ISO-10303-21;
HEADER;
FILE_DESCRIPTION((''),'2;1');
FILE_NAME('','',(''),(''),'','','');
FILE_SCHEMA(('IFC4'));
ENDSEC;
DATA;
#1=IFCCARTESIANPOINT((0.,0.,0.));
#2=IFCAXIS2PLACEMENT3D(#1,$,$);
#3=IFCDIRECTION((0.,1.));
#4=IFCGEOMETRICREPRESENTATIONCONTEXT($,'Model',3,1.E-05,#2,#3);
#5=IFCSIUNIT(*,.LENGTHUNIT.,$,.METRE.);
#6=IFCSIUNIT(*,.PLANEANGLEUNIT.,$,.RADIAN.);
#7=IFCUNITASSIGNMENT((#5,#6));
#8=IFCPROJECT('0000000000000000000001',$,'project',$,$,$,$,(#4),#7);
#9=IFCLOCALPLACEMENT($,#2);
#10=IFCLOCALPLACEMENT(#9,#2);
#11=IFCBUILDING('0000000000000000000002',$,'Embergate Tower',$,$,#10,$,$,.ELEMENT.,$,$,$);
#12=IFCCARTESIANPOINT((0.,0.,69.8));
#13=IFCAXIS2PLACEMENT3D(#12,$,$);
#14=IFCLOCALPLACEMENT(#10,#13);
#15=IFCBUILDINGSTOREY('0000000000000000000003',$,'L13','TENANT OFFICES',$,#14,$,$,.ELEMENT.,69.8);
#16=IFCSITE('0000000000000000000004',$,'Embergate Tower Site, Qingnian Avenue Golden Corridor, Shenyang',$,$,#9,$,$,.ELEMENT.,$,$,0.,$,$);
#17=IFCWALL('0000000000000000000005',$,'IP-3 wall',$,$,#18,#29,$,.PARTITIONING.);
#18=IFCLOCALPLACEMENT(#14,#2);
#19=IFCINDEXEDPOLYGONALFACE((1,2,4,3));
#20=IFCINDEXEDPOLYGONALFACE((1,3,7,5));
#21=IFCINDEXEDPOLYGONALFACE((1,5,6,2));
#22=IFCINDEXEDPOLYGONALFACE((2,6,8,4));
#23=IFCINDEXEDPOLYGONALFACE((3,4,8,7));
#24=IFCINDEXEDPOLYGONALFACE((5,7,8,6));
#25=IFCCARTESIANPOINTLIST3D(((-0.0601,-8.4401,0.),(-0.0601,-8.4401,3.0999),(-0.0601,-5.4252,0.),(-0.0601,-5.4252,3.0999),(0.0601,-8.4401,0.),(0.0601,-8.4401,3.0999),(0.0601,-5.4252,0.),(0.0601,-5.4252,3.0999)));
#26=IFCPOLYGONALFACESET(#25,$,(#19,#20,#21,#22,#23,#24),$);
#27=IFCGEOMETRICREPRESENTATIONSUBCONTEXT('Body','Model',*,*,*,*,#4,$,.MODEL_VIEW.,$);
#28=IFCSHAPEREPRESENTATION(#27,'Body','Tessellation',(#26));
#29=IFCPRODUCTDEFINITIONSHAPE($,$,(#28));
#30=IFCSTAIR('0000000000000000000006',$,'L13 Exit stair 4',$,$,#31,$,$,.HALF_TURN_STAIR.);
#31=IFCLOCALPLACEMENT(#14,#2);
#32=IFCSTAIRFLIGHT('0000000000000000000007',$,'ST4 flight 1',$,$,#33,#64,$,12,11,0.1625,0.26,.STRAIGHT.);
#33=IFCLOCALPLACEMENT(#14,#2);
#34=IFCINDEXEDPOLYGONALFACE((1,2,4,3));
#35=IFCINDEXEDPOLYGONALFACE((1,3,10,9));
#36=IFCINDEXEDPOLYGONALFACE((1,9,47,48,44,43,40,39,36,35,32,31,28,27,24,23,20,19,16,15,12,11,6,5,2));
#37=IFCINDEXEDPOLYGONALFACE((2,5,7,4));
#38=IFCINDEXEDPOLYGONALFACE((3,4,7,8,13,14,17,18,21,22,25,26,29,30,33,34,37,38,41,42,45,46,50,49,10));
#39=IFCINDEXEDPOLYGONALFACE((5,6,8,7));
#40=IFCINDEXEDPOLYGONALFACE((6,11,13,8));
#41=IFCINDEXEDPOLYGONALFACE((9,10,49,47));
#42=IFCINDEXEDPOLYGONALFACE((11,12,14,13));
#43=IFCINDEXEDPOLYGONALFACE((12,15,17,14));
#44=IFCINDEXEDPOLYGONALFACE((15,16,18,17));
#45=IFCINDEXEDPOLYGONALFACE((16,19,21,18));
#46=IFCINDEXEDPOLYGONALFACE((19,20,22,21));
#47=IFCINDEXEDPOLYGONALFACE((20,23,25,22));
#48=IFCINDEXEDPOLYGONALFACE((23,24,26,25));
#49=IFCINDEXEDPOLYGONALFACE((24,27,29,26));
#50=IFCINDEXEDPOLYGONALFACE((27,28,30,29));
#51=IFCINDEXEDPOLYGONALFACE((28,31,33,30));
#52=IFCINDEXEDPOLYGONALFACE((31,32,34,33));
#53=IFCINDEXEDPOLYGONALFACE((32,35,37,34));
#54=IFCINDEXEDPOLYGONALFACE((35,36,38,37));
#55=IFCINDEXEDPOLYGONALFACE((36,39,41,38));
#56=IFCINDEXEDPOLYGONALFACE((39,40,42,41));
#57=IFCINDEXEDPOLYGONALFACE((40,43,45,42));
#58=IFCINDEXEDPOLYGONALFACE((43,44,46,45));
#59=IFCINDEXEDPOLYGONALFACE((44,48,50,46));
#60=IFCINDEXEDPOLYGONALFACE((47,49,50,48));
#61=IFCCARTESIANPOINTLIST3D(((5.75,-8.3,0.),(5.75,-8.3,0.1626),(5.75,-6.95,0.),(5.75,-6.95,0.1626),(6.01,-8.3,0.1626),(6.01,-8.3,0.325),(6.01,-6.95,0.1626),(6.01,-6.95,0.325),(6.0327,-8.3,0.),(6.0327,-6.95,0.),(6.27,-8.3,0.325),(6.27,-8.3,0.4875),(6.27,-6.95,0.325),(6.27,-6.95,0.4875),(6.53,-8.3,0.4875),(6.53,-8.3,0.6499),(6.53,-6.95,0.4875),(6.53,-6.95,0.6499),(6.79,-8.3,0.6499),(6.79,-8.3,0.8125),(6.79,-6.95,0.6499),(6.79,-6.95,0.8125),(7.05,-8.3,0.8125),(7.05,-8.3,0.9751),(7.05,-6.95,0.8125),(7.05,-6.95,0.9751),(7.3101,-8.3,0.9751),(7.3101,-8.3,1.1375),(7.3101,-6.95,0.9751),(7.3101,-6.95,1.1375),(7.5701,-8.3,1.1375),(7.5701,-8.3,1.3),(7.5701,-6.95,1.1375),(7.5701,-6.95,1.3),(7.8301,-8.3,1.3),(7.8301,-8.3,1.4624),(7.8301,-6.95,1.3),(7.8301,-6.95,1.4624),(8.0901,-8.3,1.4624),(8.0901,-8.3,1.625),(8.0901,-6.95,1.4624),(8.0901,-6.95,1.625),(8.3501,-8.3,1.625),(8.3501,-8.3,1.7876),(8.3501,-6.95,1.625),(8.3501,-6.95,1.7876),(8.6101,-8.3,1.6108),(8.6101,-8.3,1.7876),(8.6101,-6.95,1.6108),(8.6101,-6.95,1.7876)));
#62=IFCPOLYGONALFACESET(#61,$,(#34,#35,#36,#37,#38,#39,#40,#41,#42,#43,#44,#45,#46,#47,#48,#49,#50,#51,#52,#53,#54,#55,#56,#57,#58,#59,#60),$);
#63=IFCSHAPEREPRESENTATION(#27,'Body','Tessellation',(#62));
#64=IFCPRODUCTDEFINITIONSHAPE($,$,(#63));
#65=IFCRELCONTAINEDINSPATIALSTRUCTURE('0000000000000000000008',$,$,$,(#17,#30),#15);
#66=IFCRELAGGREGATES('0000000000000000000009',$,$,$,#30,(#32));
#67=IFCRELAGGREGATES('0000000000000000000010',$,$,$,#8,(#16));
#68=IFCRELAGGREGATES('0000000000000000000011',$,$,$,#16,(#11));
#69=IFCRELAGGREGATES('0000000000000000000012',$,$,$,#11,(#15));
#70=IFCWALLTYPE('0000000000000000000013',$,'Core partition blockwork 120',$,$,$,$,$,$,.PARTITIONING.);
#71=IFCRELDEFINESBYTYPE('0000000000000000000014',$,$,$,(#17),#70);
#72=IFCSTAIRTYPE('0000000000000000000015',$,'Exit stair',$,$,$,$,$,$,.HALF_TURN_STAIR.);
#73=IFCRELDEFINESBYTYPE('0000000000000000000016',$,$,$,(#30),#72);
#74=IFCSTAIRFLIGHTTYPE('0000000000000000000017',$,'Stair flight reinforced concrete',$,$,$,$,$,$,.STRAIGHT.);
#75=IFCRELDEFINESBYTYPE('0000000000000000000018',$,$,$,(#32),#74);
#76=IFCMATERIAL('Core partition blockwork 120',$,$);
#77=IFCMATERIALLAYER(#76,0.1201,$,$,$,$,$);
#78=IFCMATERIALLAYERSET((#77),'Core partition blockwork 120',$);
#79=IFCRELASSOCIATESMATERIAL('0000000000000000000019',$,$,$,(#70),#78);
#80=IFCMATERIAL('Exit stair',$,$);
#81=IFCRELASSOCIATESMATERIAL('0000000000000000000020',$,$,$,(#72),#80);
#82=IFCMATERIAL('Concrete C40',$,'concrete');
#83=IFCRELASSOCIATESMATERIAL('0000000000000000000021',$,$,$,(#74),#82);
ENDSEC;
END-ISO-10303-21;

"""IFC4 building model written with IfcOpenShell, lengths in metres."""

from ifc_helpers import new_model, si_unit, direction, frame, frame_2d, origin, place, context, subcontext, project, spatial, polyline, rectangle, outline, extrude, source, transform, mapped, material, layer, layer_set, type_object, element, aggregate, save


model = new_model("IFC4")

# Units and contexts
model_context = context("Model", 3, precision=1e-05, world=origin(), true_north=direction((0.0, 1.0)))
body_context = subcontext(model_context, "Body", "Model", "MODEL_VIEW")
ifc_project = project(units=[si_unit("LENGTHUNIT", "METRE"), si_unit("PLANEANGLEUNIT", "RADIAN")], contexts=[model_context])

# Site, building, storey
site_placement = place(None, origin())
site = spatial("IfcSite", under=ifc_project, at=site_placement, Name="Embergate Tower Site, Qingnian Avenue Golden Corridor, Shenyang", CompositionType="ELEMENT", RefElevation=0.0)
building_placement = place(site_placement, origin())
building = spatial("IfcBuilding", under=site, at=building_placement, Name="Embergate Tower", CompositionType="ELEMENT")
storey_placement = place(building_placement, frame((0.0, 0.0, 69.8)))
storey = spatial("IfcBuildingStorey", under=building, at=storey_placement, Name="L13", Description="TENANT OFFICES", CompositionType="ELEMENT", Elevation=69.8)

# Wall
ifc_material_1 = material(Name="Core partition blockwork 120")
ifc_layer_1 = layer(ifc_material_1, 0.1201)
ifc_layer_set_1 = layer_set([ifc_layer_1], Name="Core partition blockwork 120")
wall_type_1 = type_object("IfcWallType", Name="Core partition blockwork 120", PredefinedType="PARTITIONING", material=ifc_layer_set_1)
shared_shape_1 = source(origin(), body_context, "Body", "SweptSolid", [
    extrude(rectangle(XDim=3.0149, YDim=0.1201, at=frame_2d((1.5073, 0.0))), origin(), (0.0, 0.0, 1.0), 3.0999),
])
wall_1_placement = place(storey_placement, frame((0.0, -8.4399, 0.0), z_axis=(0.0, 0.0, 1.0), x_axis=(0.0, 1.0, 0.0)))
element("IfcWall", 1, at=wall_1_placement, inside=storey, type_object=wall_type_1, Name="IP-3 wall", PredefinedType="PARTITIONING", context=body_context, shape_type="MappedRepresentation", body=[
    mapped(shared_shape_1, transform((0.0, 0.0, 0.0))),
])

# Stair, stair flight
ifc_material_2 = material(Name="Exit stair")
stair_type = type_object("IfcStairType", Name="Exit stair", PredefinedType="HALF_TURN_STAIR", material=ifc_material_2)
stair_placement = place(storey_placement, origin())
stair = element("IfcStair", 2, at=stair_placement, inside=storey, type_object=stair_type, Name="L13 Exit stair 4", PredefinedType="HALF_TURN_STAIR")
ifc_material_3 = material(Name="Concrete C40", Category="concrete")
stair_flight_type = type_object("IfcStairFlightType", Name="Stair flight reinforced concrete", PredefinedType="STRAIGHT", material=ifc_material_3)
shared_shape_2 = source(origin(), body_context, "Body", "SweptSolid", [
    extrude(outline(polyline([(0.0, 0.0), (0.0, 0.1626), (0.26, 0.1626), (0.26, 0.325), (0.52, 0.325), (0.52, 0.4875), (0.78, 0.4875), (0.78, 0.6499), (1.04, 0.6499), (1.04, 0.8125), (1.3, 0.8125), (1.3, 0.9751), (1.5601, 0.9751), (1.5601, 1.1375), (1.8201, 1.1375), (1.8201, 1.3), (2.0801, 1.3), (2.0801, 1.4624), (2.3401, 1.4624), (2.3401, 1.625), (2.6001, 1.625), (2.6001, 1.7876), (2.8601, 1.7876), (2.8601, 1.95), (2.8601, 1.6108), (0.2827, 0.0), (0.0, 0.0)])), frame((0.0, 0.675, 0.0), z_axis=(0.0, -1.0, 0.0), x_axis=(1.0, 0.0, 0.0)), (0.0, 0.0, 1.0), 1.3501),
])
stair_flight_placement = place(storey_placement, frame((5.75, -7.625, 0.0), z_axis=(0.0, 0.0, 1.0), x_axis=(1.0, 0.0, 0.0)))
stair_flight = element("IfcStairFlight", 3, at=stair_flight_placement, type_object=stair_flight_type, Name="ST4 flight 1", NumberOfRisers=12, NumberOfTreads=11, PredefinedType="STRAIGHT", RiserHeight=0.1625, TreadLength=0.26, context=body_context, shape_type="MappedRepresentation", body=[
    mapped(shared_shape_2, transform((0.0, 0.0, 0.0))),
])
aggregate(stair, [stair_flight])

save(model, "model.ifc")
